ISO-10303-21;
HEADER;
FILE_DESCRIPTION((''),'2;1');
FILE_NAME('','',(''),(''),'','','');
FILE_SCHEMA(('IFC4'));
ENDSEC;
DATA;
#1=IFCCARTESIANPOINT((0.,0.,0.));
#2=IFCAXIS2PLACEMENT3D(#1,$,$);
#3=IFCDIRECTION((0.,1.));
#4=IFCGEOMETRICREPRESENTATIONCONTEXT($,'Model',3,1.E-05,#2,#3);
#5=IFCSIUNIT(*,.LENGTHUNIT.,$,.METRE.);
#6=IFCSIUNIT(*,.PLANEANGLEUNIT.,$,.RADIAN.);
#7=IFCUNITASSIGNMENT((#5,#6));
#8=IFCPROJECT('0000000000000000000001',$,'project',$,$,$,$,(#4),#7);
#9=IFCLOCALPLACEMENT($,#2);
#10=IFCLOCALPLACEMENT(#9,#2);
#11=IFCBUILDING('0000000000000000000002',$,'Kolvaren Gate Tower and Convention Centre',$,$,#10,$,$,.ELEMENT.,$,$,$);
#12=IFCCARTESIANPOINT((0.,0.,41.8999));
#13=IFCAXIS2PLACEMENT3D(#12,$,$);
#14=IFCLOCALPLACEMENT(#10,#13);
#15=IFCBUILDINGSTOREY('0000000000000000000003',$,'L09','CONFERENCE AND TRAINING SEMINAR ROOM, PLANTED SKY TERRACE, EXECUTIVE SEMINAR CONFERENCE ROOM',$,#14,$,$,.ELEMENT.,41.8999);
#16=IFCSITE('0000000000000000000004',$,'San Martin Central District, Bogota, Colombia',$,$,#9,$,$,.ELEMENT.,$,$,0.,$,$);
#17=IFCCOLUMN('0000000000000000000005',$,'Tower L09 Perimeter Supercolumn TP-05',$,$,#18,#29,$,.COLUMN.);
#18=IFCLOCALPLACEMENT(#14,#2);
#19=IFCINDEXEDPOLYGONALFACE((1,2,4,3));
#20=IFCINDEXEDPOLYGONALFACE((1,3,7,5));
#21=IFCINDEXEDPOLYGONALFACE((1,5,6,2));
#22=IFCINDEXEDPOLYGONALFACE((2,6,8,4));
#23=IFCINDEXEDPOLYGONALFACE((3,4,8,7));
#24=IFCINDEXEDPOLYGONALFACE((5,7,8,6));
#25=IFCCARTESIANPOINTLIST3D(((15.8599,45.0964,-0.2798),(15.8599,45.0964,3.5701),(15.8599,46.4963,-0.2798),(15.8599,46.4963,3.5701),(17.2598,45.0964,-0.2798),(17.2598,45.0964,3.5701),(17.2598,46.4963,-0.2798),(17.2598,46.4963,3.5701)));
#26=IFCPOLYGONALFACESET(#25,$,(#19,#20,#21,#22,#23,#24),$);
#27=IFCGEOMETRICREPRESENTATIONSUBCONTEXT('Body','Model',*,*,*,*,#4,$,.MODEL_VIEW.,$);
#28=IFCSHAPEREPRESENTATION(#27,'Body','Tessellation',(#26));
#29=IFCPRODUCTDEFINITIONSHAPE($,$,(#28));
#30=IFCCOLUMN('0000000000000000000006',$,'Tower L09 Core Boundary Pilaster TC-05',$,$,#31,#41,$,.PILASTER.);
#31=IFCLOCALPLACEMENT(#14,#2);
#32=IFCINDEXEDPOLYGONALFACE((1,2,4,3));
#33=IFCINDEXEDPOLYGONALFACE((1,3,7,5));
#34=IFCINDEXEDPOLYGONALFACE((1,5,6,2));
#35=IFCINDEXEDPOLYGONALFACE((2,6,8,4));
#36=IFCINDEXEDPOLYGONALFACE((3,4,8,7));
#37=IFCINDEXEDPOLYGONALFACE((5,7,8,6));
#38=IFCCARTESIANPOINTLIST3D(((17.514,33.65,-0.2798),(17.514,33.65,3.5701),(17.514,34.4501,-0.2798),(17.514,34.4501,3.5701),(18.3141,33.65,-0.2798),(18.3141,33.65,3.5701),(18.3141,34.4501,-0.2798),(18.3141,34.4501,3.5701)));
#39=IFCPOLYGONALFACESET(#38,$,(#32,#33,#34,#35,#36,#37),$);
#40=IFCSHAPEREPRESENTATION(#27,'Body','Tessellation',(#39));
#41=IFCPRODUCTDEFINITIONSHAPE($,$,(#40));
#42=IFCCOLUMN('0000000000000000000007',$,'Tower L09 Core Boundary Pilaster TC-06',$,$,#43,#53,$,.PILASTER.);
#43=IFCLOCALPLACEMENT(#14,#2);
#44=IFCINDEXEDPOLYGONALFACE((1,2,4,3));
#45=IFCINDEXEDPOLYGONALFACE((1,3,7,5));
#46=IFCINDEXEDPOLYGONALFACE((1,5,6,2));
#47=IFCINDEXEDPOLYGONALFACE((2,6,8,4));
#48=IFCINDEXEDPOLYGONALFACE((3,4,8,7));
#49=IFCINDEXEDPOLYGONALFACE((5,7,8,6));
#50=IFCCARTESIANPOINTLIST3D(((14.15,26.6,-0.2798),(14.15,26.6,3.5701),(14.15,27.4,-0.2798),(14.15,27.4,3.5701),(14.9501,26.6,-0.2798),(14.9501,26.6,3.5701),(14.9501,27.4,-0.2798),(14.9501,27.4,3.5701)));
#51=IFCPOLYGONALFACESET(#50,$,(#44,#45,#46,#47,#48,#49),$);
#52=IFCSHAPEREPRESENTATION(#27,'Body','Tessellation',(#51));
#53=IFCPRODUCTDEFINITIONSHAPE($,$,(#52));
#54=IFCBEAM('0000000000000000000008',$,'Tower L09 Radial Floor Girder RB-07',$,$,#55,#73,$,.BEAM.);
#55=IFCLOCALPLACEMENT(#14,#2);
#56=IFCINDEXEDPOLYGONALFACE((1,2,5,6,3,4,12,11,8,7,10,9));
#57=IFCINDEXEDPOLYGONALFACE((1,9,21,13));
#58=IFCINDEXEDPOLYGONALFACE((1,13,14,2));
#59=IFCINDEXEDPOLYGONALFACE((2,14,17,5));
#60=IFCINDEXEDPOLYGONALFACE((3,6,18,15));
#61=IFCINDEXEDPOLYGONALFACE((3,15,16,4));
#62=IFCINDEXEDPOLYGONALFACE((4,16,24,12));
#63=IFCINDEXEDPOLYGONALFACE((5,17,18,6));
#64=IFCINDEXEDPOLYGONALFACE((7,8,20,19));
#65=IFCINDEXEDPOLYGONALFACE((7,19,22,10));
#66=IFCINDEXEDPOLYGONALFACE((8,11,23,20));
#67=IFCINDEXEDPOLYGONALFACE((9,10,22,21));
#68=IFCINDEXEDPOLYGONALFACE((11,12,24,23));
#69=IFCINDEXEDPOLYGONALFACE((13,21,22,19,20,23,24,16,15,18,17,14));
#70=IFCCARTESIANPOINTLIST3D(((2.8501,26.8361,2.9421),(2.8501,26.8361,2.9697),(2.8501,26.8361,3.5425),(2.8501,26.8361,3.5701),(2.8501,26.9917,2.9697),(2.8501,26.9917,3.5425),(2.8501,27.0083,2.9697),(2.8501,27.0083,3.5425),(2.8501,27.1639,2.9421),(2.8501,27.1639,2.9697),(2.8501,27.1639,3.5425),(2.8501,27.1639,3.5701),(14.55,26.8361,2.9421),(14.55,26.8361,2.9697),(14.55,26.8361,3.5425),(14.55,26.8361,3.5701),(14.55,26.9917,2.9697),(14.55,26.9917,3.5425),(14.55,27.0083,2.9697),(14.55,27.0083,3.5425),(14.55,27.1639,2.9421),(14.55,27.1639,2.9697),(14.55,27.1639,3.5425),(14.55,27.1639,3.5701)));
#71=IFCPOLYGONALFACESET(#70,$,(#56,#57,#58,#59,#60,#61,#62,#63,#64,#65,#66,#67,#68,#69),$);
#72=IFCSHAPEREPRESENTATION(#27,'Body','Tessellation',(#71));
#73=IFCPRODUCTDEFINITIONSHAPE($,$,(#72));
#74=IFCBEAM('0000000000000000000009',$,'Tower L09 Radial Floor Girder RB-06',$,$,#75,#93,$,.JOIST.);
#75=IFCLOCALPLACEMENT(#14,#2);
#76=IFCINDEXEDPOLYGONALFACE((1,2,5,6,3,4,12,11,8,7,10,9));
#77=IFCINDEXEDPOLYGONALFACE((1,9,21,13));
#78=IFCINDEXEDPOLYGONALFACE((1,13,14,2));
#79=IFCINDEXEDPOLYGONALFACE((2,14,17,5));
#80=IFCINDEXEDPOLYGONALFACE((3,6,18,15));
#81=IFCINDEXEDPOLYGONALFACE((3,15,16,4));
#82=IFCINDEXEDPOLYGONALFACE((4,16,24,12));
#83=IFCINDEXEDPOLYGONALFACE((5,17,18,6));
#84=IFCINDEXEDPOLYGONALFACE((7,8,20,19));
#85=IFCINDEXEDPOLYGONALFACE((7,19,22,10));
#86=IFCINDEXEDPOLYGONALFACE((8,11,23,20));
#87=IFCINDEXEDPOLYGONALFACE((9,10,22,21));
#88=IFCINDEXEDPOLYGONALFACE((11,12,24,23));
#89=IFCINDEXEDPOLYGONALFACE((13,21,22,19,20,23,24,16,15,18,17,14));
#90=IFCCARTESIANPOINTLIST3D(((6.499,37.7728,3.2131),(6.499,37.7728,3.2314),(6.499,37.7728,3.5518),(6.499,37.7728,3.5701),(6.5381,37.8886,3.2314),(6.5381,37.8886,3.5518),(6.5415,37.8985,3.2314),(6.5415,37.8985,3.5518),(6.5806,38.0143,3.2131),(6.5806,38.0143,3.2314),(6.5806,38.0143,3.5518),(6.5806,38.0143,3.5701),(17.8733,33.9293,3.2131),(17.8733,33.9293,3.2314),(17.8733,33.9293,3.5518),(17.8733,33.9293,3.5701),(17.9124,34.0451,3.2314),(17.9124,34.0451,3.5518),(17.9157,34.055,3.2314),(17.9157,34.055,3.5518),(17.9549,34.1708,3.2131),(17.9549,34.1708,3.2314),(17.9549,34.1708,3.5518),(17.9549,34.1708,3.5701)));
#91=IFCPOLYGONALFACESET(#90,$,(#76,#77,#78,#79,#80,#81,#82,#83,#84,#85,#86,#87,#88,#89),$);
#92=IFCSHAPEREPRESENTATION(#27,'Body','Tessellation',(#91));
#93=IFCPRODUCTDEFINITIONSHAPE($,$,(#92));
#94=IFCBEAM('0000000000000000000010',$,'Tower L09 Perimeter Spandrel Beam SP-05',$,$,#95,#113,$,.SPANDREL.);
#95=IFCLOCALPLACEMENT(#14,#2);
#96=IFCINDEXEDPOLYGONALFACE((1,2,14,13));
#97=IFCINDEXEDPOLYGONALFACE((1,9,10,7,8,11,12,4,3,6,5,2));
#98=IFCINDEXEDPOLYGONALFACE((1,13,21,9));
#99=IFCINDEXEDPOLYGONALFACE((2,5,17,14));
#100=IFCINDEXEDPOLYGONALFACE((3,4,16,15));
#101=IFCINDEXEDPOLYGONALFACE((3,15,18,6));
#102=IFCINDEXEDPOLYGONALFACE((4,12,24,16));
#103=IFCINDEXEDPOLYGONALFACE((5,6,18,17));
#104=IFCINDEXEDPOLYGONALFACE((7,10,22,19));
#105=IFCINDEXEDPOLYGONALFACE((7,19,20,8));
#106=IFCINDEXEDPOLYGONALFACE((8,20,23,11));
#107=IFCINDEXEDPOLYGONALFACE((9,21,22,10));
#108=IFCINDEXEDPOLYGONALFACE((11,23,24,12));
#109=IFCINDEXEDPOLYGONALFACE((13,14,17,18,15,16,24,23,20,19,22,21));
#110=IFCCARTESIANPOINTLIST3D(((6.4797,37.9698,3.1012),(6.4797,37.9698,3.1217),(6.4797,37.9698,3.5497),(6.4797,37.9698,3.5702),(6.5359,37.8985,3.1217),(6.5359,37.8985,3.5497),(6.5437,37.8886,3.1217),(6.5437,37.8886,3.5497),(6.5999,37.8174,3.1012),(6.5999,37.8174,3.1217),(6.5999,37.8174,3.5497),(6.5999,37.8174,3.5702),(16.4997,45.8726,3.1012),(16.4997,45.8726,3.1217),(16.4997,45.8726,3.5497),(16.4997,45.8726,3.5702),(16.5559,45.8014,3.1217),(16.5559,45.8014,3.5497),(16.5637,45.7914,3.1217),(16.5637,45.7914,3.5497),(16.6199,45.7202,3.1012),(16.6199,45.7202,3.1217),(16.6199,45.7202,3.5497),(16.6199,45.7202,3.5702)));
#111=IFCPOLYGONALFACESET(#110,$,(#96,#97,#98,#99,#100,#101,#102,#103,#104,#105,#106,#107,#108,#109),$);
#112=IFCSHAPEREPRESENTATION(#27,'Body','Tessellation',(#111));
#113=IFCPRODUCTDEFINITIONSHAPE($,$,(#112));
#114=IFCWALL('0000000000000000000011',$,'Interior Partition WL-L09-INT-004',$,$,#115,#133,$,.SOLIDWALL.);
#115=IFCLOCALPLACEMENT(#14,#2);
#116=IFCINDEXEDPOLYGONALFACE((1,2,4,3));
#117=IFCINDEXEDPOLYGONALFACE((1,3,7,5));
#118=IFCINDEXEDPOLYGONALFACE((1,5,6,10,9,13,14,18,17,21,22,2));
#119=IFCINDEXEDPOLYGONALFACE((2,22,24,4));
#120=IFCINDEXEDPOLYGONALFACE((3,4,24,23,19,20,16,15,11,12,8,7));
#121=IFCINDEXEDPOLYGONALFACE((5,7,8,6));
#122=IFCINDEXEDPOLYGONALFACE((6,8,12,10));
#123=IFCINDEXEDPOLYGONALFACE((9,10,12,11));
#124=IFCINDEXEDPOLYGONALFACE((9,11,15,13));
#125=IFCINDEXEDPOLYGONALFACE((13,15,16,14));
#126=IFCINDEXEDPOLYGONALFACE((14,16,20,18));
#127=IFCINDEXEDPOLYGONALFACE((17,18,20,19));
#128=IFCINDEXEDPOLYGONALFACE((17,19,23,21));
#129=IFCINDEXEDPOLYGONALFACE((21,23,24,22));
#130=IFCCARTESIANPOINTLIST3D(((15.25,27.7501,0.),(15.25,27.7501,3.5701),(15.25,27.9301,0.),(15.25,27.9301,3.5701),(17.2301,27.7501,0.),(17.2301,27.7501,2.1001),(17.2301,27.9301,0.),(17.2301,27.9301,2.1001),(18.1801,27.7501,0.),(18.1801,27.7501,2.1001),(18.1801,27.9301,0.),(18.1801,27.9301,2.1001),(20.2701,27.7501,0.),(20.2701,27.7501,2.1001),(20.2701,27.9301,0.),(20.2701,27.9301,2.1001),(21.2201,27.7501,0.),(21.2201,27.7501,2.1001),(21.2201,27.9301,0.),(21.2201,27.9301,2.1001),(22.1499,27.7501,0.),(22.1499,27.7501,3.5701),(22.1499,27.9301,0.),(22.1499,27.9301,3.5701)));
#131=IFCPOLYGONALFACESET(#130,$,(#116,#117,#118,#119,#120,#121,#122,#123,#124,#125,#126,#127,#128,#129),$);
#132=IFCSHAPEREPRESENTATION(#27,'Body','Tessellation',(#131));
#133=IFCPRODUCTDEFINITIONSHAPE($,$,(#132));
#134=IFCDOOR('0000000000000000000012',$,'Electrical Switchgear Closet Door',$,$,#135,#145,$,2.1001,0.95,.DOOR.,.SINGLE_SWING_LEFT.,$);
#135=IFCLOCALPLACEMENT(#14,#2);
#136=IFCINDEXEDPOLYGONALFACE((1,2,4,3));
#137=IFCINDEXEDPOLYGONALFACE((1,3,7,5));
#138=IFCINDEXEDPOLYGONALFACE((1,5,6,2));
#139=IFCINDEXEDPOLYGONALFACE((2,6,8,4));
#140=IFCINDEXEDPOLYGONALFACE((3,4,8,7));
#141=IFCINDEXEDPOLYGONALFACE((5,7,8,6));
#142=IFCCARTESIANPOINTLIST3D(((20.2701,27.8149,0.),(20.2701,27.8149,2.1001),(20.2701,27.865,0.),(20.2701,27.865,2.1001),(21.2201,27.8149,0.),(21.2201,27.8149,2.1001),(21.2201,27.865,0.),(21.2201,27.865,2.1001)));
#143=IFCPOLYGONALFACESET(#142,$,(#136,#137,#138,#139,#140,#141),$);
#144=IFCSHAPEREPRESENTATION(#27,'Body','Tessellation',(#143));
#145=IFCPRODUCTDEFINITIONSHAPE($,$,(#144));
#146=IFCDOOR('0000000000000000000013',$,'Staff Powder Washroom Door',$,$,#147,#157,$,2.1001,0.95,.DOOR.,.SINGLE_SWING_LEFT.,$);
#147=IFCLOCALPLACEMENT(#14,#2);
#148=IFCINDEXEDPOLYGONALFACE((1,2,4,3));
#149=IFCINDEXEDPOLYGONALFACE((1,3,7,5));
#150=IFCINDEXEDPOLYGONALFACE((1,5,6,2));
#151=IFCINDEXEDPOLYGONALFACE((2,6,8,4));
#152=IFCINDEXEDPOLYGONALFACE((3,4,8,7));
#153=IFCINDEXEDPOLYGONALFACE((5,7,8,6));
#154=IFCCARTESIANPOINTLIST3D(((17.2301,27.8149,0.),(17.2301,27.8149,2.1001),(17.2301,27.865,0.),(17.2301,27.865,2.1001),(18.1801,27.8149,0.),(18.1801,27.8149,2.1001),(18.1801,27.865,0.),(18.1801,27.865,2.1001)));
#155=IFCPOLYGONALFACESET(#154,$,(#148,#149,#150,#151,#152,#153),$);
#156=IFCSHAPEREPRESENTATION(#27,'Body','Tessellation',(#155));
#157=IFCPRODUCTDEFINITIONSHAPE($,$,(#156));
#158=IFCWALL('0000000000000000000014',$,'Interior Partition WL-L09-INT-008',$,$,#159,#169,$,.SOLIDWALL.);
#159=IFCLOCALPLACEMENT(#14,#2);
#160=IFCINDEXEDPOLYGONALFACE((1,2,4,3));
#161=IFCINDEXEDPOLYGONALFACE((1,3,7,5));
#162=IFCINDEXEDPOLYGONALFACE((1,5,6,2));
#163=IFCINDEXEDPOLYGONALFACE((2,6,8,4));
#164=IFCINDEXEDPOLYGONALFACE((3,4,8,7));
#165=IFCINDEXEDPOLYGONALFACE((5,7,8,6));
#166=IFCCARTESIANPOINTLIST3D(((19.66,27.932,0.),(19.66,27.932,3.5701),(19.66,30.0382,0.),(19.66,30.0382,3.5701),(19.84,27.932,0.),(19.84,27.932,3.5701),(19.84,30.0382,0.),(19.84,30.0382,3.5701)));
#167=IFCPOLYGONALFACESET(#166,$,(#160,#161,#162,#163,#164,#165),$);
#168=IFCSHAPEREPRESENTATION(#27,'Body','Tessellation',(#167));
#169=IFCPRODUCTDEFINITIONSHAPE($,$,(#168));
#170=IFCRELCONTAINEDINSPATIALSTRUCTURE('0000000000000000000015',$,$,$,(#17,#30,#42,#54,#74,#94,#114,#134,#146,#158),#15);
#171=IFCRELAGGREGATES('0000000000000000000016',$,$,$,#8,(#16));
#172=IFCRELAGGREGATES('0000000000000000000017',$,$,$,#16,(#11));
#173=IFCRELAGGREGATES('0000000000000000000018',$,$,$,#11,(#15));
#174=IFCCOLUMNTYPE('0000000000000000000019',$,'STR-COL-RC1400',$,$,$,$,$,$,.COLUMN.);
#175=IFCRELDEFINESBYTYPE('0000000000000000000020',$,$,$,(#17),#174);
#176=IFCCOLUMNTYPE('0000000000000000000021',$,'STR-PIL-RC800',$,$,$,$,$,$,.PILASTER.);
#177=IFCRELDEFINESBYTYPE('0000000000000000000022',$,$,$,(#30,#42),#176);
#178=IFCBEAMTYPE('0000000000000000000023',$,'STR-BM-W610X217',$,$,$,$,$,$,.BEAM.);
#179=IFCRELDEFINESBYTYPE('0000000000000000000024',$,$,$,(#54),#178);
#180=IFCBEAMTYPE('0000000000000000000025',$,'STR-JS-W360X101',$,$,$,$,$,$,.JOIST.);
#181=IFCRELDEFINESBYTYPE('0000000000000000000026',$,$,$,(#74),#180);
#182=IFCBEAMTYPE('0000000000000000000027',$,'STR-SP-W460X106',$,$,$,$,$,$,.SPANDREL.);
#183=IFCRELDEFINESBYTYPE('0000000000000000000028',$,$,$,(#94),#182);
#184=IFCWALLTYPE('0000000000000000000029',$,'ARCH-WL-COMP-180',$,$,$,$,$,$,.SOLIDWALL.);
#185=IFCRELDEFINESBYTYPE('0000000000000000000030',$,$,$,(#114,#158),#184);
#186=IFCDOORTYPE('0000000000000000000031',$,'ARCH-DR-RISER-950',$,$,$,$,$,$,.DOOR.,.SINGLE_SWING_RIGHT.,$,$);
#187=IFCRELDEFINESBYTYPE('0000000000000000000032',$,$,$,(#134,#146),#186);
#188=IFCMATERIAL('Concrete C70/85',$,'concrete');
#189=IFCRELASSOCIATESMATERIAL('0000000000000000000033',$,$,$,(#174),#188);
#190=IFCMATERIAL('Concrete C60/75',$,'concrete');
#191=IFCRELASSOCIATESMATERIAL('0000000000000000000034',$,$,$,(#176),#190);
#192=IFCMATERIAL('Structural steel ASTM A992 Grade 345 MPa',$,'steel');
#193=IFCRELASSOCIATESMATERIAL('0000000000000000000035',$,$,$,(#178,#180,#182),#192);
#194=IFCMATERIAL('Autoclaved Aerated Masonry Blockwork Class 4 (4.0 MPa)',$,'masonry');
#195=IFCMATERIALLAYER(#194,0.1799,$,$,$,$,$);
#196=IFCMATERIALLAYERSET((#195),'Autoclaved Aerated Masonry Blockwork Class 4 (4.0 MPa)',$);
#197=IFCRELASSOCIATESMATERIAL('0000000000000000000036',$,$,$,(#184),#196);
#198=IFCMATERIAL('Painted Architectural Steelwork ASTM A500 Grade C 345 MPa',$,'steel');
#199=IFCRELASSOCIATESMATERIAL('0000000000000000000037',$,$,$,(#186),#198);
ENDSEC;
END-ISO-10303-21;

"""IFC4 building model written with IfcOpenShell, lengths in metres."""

from ifc_helpers import new_model, si_unit, direction, frame, frame_2d, origin, origin_2d, place, context, subcontext, project, spatial, rectangle, i_section, extrude, material, layer, layer_set, material_profile, profile_set, type_object, element, fill, save


model = new_model("IFC4")

# Units and contexts
model_context = context("Model", 3, precision=1e-05, world=origin(), true_north=direction((0.0, 1.0)))
body_context = subcontext(model_context, "Body", "Model", "MODEL_VIEW")
ifc_project = project(units=[si_unit("LENGTHUNIT", "METRE"), si_unit("PLANEANGLEUNIT", "RADIAN")], contexts=[model_context])

# Site, building, storey
site_placement = place(None, origin())
site = spatial("IfcSite", under=ifc_project, at=site_placement, Name="San Martin Central District, Bogota, Colombia", CompositionType="ELEMENT", RefElevation=0.0)
building_placement = place(site_placement, origin())
building = spatial("IfcBuilding", under=site, at=building_placement, Name="Kolvaren Gate Tower and Convention Centre", CompositionType="ELEMENT")
storey_placement = place(building_placement, frame((0.0, 0.0, 41.8999)))
storey = spatial("IfcBuildingStorey", under=building, at=storey_placement, Name="L09", Description="CONFERENCE AND TRAINING SEMINAR ROOM, PLANTED SKY TERRACE, EXECUTIVE SEMINAR CONFERENCE ROOM", CompositionType="ELEMENT", Elevation=41.8999)

# Columns
ifc_material_1 = material(Name="Concrete C70/85", Category="concrete")
ifc_material_profile_1 = material_profile(ifc_material_1, rectangle(XDim=1.3999, YDim=1.3999, at=origin_2d()), Name="RC-COL-1400X1400")
ifc_profile_set_1 = profile_set([ifc_material_profile_1], Name="Concrete C70/85")
column_type_1 = type_object("IfcColumnType", Name="STR-COL-RC1400", PredefinedType="COLUMN", material=ifc_profile_set_1)
column_placement = place(storey_placement, frame((16.5598, 45.7964, -0.2798), z_axis=(0.0, 0.0, 1.0), x_axis=(1.0, 0.0, 0.0)))
element("IfcColumn", 1, at=column_placement, inside=storey, type_object=column_type_1, Name="Tower L09 Perimeter Supercolumn TP-05", PredefinedType="COLUMN", context=body_context, shape_type="SweptSolid", body=[
    extrude(rectangle(XDim=1.3999, YDim=1.3999, at=origin_2d()), origin(), (0.0, 0.0, 1.0), 3.8499),
])
ifc_material_2 = material(Name="Concrete C60/75", Category="concrete")
ifc_material_profile_2 = material_profile(ifc_material_2, rectangle(XDim=0.8, YDim=0.8, at=origin_2d()), Name="RC-COL-800X800")
ifc_profile_set_2 = profile_set([ifc_material_profile_2], Name="Concrete C60/75")
column_type_2 = type_object("IfcColumnType", Name="STR-PIL-RC800", PredefinedType="PILASTER", material=ifc_profile_set_2)
for number, where, z_axis, x_axis, name in (
    (2, (17.9141, 34.05, -0.2798), (0.0, 0.0, 1.0), (1.0, 0.0, 0.0), "Tower L09 Core Boundary Pilaster TC-05"),
    (3, (14.55, 27.0, -0.2798), (0.0, 0.0, 1.0), (1.0, 0.0, 0.0), "Tower L09 Core Boundary Pilaster TC-06"),
):
    element("IfcColumn", number, at=place(storey_placement, frame(where, z_axis=z_axis, x_axis=x_axis)), inside=storey, type_object=column_type_2, Name=name, PredefinedType="PILASTER", context=body_context, shape_type="SweptSolid", body=[
        extrude(rectangle(XDim=0.8, YDim=0.8, at=origin_2d()), origin(), (0.0, 0.0, 1.0), 3.8499),
    ])

# Beams
ifc_material_3 = material(Name="Structural steel ASTM A992 Grade 345 MPa", Category="steel")
ifc_material_profile_3 = material_profile(ifc_material_3, i_section(OverallWidth=0.3279, OverallDepth=0.6279, WebThickness=0.0166, FlangeThickness=0.0276, at=origin_2d()), Name="W610X217")
ifc_profile_set_3 = profile_set([ifc_material_profile_3], Name="Structural steel ASTM A992 Grade 345 MPa")
beam_type_1 = type_object("IfcBeamType", Name="STR-BM-W610X217", PredefinedType="BEAM", material=ifc_profile_set_3)
beam_1_placement = place(storey_placement, frame((14.55, 27.0, 3.2561), z_axis=(-1.0, 0.0, 0.0), x_axis=(0.0, -1.0, 0.0)))
element("IfcBeam", 4, at=beam_1_placement, inside=storey, type_object=beam_type_1, Name="Tower L09 Radial Floor Girder RB-07", PredefinedType="BEAM", context=body_context, shape_type="SweptSolid", body=[
    extrude(i_section(OverallWidth=0.3279, OverallDepth=0.6279, WebThickness=0.0166, FlangeThickness=0.0276, at=origin_2d()), origin(), (0.0, 0.0, 1.0), 11.7),
])
ifc_material_profile_4 = material_profile(ifc_material_3, i_section(OverallWidth=0.2549, OverallDepth=0.3569, WebThickness=0.0105, FlangeThickness=0.0183, at=origin_2d()), Name="W360X101")
ifc_profile_set_4 = profile_set([ifc_material_profile_4], Name="Structural steel ASTM A992 Grade 345 MPa")
beam_type_2 = type_object("IfcBeamType", Name="STR-JS-W360X101", PredefinedType="JOIST", material=ifc_profile_set_4)
beam_2_placement = place(storey_placement, frame((17.9141, 34.05, 3.3916), z_axis=(-0.947374, 0.320129, 0.0), x_axis=(-0.320129, -0.947374, 0.0)))
element("IfcBeam", 5, at=beam_2_placement, inside=storey, type_object=beam_type_2, Name="Tower L09 Radial Floor Girder RB-06", PredefinedType="JOIST", context=body_context, shape_type="SweptSolid", body=[
    extrude(i_section(OverallWidth=0.2549, OverallDepth=0.3569, WebThickness=0.0105, FlangeThickness=0.0183, at=origin_2d()), origin(), (0.0, 0.0, 1.0), 12.0061),
])
ifc_material_profile_5 = material_profile(ifc_material_3, i_section(OverallWidth=0.1941, OverallDepth=0.469, WebThickness=0.0127, FlangeThickness=0.0205, at=origin_2d()), Name="W460X106")
ifc_profile_set_5 = profile_set([ifc_material_profile_5], Name="Structural steel ASTM A992 Grade 345 MPa")
beam_type_3 = type_object("IfcBeamType", Name="STR-SP-W460X106", PredefinedType="SPANDREL", material=ifc_profile_set_5)
beam_3_placement = place(storey_placement, frame((16.5598, 45.7964, 3.3357), z_axis=(-0.785176, -0.619272, 0.0), x_axis=(0.619272, -0.785176, 0.0)))
element("IfcBeam", 6, at=beam_3_placement, inside=storey, type_object=beam_type_3, Name="Tower L09 Perimeter Spandrel Beam SP-05", PredefinedType="SPANDREL", context=body_context, shape_type="SweptSolid", body=[
    extrude(i_section(OverallWidth=0.1941, OverallDepth=0.469, WebThickness=0.0127, FlangeThickness=0.0205, at=origin_2d()), origin(), (0.0, 0.0, 1.0), 12.7615),
])

# Wall, openings, doors
ifc_material_4 = material(Name="Autoclaved Aerated Masonry Blockwork Class 4 (4.0 MPa)", Category="masonry")
ifc_layer_1 = layer(ifc_material_4, 0.1799)
ifc_layer_set_1 = layer_set([ifc_layer_1], Name="Autoclaved Aerated Masonry Blockwork Class 4 (4.0 MPa)")
wall_type_1 = type_object("IfcWallType", Name="ARCH-WL-COMP-180", PredefinedType="SOLIDWALL", material=ifc_layer_set_1)
wall_1_placement = place(storey_placement, frame((15.25, 27.8401, 0.0), z_axis=(0.0, 0.0, 1.0), x_axis=(1.0, 0.0, 0.0)))
wall_1 = element("IfcWall", 7, at=wall_1_placement, inside=storey, type_object=wall_type_1, Name="Interior Partition WL-L09-INT-004", PredefinedType="SOLIDWALL", context=body_context, shape_type="SweptSolid", body=[
    extrude(rectangle(XDim=6.8999, YDim=0.1799, at=frame_2d((3.45, 0.0))), origin(), (0.0, 0.0, 1.0), 3.5701),
])
opening_1_placement = place(wall_1_placement, frame((5.02, 0.0, 0.0)))
opening_1 = element("IfcOpeningElement", 8, at=opening_1_placement, cuts=wall_1, PredefinedType="OPENING", context=body_context, shape_type="SweptSolid", body=[
    extrude(rectangle(XDim=0.95, YDim=2.1001, at=frame_2d((0.4751, 1.05))), frame((0.0, 0.0999, 0.0), z_axis=(0.0, -1.0, 0.0), x_axis=(1.0, 0.0, 0.0)), (0.0, 0.0, 1.0), 0.2),
])
opening_2_placement = place(wall_1_placement, frame((1.98, 0.0, 0.0)))
opening_2 = element("IfcOpeningElement", 9, at=opening_2_placement, cuts=wall_1, PredefinedType="OPENING", context=body_context, shape_type="SweptSolid", body=[
    extrude(rectangle(XDim=0.95, YDim=2.1001, at=frame_2d((0.4751, 1.05))), frame((0.0, 0.0999, 0.0), z_axis=(0.0, -1.0, 0.0), x_axis=(1.0, 0.0, 0.0)), (0.0, 0.0, 1.0), 0.2),
])
ifc_material_5 = material(Name="Painted Architectural Steelwork ASTM A500 Grade C 345 MPa", Category="steel")
door_type = type_object("IfcDoorType", Name="ARCH-DR-RISER-950", OperationType="SINGLE_SWING_RIGHT", PredefinedType="DOOR", material=ifc_material_5)
door_1_placement = place(opening_1_placement, origin())
door_1 = element("IfcDoor", 10, at=door_1_placement, inside=storey, type_object=door_type, Name="Electrical Switchgear Closet Door", OperationType="SINGLE_SWING_LEFT", OverallHeight=2.1001, OverallWidth=0.95, PredefinedType="DOOR", context=body_context, shape_type="SweptSolid", body=[
    extrude(rectangle(XDim=0.95, YDim=2.1001, at=frame_2d((0.4751, 1.05))), frame((0.0, 0.0249, 0.0), z_axis=(0.0, -1.0, 0.0), x_axis=(1.0, 0.0, 0.0)), (0.0, 0.0, 1.0), 0.05),
])
fill(opening_1, door_1)
door_2_placement = place(opening_2_placement, origin())
door_2 = element("IfcDoor", 11, at=door_2_placement, inside=storey, type_object=door_type, Name="Staff Powder Washroom Door", OperationType="SINGLE_SWING_LEFT", OverallHeight=2.1001, OverallWidth=0.95, PredefinedType="DOOR", context=body_context, shape_type="SweptSolid", body=[
    extrude(rectangle(XDim=0.95, YDim=2.1001, at=frame_2d((0.4751, 1.05))), frame((0.0, 0.0249, 0.0), z_axis=(0.0, -1.0, 0.0), x_axis=(1.0, 0.0, 0.0)), (0.0, 0.0, 1.0), 0.05),
])
fill(opening_2, door_2)

# Wall
wall_2_placement = place(storey_placement, frame((19.75, 27.9319, 0.0), z_axis=(0.0, 0.0, 1.0), x_axis=(0.0, 1.0, 0.0)))
element("IfcWall", 12, at=wall_2_placement, inside=storey, type_object=wall_type_1, Name="Interior Partition WL-L09-INT-008", PredefinedType="SOLIDWALL", context=body_context, shape_type="SweptSolid", body=[
    extrude(rectangle(XDim=2.1062, YDim=0.1799, at=frame_2d((1.0532, 0.0))), origin(), (0.0, 0.0, 1.0), 3.5701),
])

save(model, "model.ifc")
